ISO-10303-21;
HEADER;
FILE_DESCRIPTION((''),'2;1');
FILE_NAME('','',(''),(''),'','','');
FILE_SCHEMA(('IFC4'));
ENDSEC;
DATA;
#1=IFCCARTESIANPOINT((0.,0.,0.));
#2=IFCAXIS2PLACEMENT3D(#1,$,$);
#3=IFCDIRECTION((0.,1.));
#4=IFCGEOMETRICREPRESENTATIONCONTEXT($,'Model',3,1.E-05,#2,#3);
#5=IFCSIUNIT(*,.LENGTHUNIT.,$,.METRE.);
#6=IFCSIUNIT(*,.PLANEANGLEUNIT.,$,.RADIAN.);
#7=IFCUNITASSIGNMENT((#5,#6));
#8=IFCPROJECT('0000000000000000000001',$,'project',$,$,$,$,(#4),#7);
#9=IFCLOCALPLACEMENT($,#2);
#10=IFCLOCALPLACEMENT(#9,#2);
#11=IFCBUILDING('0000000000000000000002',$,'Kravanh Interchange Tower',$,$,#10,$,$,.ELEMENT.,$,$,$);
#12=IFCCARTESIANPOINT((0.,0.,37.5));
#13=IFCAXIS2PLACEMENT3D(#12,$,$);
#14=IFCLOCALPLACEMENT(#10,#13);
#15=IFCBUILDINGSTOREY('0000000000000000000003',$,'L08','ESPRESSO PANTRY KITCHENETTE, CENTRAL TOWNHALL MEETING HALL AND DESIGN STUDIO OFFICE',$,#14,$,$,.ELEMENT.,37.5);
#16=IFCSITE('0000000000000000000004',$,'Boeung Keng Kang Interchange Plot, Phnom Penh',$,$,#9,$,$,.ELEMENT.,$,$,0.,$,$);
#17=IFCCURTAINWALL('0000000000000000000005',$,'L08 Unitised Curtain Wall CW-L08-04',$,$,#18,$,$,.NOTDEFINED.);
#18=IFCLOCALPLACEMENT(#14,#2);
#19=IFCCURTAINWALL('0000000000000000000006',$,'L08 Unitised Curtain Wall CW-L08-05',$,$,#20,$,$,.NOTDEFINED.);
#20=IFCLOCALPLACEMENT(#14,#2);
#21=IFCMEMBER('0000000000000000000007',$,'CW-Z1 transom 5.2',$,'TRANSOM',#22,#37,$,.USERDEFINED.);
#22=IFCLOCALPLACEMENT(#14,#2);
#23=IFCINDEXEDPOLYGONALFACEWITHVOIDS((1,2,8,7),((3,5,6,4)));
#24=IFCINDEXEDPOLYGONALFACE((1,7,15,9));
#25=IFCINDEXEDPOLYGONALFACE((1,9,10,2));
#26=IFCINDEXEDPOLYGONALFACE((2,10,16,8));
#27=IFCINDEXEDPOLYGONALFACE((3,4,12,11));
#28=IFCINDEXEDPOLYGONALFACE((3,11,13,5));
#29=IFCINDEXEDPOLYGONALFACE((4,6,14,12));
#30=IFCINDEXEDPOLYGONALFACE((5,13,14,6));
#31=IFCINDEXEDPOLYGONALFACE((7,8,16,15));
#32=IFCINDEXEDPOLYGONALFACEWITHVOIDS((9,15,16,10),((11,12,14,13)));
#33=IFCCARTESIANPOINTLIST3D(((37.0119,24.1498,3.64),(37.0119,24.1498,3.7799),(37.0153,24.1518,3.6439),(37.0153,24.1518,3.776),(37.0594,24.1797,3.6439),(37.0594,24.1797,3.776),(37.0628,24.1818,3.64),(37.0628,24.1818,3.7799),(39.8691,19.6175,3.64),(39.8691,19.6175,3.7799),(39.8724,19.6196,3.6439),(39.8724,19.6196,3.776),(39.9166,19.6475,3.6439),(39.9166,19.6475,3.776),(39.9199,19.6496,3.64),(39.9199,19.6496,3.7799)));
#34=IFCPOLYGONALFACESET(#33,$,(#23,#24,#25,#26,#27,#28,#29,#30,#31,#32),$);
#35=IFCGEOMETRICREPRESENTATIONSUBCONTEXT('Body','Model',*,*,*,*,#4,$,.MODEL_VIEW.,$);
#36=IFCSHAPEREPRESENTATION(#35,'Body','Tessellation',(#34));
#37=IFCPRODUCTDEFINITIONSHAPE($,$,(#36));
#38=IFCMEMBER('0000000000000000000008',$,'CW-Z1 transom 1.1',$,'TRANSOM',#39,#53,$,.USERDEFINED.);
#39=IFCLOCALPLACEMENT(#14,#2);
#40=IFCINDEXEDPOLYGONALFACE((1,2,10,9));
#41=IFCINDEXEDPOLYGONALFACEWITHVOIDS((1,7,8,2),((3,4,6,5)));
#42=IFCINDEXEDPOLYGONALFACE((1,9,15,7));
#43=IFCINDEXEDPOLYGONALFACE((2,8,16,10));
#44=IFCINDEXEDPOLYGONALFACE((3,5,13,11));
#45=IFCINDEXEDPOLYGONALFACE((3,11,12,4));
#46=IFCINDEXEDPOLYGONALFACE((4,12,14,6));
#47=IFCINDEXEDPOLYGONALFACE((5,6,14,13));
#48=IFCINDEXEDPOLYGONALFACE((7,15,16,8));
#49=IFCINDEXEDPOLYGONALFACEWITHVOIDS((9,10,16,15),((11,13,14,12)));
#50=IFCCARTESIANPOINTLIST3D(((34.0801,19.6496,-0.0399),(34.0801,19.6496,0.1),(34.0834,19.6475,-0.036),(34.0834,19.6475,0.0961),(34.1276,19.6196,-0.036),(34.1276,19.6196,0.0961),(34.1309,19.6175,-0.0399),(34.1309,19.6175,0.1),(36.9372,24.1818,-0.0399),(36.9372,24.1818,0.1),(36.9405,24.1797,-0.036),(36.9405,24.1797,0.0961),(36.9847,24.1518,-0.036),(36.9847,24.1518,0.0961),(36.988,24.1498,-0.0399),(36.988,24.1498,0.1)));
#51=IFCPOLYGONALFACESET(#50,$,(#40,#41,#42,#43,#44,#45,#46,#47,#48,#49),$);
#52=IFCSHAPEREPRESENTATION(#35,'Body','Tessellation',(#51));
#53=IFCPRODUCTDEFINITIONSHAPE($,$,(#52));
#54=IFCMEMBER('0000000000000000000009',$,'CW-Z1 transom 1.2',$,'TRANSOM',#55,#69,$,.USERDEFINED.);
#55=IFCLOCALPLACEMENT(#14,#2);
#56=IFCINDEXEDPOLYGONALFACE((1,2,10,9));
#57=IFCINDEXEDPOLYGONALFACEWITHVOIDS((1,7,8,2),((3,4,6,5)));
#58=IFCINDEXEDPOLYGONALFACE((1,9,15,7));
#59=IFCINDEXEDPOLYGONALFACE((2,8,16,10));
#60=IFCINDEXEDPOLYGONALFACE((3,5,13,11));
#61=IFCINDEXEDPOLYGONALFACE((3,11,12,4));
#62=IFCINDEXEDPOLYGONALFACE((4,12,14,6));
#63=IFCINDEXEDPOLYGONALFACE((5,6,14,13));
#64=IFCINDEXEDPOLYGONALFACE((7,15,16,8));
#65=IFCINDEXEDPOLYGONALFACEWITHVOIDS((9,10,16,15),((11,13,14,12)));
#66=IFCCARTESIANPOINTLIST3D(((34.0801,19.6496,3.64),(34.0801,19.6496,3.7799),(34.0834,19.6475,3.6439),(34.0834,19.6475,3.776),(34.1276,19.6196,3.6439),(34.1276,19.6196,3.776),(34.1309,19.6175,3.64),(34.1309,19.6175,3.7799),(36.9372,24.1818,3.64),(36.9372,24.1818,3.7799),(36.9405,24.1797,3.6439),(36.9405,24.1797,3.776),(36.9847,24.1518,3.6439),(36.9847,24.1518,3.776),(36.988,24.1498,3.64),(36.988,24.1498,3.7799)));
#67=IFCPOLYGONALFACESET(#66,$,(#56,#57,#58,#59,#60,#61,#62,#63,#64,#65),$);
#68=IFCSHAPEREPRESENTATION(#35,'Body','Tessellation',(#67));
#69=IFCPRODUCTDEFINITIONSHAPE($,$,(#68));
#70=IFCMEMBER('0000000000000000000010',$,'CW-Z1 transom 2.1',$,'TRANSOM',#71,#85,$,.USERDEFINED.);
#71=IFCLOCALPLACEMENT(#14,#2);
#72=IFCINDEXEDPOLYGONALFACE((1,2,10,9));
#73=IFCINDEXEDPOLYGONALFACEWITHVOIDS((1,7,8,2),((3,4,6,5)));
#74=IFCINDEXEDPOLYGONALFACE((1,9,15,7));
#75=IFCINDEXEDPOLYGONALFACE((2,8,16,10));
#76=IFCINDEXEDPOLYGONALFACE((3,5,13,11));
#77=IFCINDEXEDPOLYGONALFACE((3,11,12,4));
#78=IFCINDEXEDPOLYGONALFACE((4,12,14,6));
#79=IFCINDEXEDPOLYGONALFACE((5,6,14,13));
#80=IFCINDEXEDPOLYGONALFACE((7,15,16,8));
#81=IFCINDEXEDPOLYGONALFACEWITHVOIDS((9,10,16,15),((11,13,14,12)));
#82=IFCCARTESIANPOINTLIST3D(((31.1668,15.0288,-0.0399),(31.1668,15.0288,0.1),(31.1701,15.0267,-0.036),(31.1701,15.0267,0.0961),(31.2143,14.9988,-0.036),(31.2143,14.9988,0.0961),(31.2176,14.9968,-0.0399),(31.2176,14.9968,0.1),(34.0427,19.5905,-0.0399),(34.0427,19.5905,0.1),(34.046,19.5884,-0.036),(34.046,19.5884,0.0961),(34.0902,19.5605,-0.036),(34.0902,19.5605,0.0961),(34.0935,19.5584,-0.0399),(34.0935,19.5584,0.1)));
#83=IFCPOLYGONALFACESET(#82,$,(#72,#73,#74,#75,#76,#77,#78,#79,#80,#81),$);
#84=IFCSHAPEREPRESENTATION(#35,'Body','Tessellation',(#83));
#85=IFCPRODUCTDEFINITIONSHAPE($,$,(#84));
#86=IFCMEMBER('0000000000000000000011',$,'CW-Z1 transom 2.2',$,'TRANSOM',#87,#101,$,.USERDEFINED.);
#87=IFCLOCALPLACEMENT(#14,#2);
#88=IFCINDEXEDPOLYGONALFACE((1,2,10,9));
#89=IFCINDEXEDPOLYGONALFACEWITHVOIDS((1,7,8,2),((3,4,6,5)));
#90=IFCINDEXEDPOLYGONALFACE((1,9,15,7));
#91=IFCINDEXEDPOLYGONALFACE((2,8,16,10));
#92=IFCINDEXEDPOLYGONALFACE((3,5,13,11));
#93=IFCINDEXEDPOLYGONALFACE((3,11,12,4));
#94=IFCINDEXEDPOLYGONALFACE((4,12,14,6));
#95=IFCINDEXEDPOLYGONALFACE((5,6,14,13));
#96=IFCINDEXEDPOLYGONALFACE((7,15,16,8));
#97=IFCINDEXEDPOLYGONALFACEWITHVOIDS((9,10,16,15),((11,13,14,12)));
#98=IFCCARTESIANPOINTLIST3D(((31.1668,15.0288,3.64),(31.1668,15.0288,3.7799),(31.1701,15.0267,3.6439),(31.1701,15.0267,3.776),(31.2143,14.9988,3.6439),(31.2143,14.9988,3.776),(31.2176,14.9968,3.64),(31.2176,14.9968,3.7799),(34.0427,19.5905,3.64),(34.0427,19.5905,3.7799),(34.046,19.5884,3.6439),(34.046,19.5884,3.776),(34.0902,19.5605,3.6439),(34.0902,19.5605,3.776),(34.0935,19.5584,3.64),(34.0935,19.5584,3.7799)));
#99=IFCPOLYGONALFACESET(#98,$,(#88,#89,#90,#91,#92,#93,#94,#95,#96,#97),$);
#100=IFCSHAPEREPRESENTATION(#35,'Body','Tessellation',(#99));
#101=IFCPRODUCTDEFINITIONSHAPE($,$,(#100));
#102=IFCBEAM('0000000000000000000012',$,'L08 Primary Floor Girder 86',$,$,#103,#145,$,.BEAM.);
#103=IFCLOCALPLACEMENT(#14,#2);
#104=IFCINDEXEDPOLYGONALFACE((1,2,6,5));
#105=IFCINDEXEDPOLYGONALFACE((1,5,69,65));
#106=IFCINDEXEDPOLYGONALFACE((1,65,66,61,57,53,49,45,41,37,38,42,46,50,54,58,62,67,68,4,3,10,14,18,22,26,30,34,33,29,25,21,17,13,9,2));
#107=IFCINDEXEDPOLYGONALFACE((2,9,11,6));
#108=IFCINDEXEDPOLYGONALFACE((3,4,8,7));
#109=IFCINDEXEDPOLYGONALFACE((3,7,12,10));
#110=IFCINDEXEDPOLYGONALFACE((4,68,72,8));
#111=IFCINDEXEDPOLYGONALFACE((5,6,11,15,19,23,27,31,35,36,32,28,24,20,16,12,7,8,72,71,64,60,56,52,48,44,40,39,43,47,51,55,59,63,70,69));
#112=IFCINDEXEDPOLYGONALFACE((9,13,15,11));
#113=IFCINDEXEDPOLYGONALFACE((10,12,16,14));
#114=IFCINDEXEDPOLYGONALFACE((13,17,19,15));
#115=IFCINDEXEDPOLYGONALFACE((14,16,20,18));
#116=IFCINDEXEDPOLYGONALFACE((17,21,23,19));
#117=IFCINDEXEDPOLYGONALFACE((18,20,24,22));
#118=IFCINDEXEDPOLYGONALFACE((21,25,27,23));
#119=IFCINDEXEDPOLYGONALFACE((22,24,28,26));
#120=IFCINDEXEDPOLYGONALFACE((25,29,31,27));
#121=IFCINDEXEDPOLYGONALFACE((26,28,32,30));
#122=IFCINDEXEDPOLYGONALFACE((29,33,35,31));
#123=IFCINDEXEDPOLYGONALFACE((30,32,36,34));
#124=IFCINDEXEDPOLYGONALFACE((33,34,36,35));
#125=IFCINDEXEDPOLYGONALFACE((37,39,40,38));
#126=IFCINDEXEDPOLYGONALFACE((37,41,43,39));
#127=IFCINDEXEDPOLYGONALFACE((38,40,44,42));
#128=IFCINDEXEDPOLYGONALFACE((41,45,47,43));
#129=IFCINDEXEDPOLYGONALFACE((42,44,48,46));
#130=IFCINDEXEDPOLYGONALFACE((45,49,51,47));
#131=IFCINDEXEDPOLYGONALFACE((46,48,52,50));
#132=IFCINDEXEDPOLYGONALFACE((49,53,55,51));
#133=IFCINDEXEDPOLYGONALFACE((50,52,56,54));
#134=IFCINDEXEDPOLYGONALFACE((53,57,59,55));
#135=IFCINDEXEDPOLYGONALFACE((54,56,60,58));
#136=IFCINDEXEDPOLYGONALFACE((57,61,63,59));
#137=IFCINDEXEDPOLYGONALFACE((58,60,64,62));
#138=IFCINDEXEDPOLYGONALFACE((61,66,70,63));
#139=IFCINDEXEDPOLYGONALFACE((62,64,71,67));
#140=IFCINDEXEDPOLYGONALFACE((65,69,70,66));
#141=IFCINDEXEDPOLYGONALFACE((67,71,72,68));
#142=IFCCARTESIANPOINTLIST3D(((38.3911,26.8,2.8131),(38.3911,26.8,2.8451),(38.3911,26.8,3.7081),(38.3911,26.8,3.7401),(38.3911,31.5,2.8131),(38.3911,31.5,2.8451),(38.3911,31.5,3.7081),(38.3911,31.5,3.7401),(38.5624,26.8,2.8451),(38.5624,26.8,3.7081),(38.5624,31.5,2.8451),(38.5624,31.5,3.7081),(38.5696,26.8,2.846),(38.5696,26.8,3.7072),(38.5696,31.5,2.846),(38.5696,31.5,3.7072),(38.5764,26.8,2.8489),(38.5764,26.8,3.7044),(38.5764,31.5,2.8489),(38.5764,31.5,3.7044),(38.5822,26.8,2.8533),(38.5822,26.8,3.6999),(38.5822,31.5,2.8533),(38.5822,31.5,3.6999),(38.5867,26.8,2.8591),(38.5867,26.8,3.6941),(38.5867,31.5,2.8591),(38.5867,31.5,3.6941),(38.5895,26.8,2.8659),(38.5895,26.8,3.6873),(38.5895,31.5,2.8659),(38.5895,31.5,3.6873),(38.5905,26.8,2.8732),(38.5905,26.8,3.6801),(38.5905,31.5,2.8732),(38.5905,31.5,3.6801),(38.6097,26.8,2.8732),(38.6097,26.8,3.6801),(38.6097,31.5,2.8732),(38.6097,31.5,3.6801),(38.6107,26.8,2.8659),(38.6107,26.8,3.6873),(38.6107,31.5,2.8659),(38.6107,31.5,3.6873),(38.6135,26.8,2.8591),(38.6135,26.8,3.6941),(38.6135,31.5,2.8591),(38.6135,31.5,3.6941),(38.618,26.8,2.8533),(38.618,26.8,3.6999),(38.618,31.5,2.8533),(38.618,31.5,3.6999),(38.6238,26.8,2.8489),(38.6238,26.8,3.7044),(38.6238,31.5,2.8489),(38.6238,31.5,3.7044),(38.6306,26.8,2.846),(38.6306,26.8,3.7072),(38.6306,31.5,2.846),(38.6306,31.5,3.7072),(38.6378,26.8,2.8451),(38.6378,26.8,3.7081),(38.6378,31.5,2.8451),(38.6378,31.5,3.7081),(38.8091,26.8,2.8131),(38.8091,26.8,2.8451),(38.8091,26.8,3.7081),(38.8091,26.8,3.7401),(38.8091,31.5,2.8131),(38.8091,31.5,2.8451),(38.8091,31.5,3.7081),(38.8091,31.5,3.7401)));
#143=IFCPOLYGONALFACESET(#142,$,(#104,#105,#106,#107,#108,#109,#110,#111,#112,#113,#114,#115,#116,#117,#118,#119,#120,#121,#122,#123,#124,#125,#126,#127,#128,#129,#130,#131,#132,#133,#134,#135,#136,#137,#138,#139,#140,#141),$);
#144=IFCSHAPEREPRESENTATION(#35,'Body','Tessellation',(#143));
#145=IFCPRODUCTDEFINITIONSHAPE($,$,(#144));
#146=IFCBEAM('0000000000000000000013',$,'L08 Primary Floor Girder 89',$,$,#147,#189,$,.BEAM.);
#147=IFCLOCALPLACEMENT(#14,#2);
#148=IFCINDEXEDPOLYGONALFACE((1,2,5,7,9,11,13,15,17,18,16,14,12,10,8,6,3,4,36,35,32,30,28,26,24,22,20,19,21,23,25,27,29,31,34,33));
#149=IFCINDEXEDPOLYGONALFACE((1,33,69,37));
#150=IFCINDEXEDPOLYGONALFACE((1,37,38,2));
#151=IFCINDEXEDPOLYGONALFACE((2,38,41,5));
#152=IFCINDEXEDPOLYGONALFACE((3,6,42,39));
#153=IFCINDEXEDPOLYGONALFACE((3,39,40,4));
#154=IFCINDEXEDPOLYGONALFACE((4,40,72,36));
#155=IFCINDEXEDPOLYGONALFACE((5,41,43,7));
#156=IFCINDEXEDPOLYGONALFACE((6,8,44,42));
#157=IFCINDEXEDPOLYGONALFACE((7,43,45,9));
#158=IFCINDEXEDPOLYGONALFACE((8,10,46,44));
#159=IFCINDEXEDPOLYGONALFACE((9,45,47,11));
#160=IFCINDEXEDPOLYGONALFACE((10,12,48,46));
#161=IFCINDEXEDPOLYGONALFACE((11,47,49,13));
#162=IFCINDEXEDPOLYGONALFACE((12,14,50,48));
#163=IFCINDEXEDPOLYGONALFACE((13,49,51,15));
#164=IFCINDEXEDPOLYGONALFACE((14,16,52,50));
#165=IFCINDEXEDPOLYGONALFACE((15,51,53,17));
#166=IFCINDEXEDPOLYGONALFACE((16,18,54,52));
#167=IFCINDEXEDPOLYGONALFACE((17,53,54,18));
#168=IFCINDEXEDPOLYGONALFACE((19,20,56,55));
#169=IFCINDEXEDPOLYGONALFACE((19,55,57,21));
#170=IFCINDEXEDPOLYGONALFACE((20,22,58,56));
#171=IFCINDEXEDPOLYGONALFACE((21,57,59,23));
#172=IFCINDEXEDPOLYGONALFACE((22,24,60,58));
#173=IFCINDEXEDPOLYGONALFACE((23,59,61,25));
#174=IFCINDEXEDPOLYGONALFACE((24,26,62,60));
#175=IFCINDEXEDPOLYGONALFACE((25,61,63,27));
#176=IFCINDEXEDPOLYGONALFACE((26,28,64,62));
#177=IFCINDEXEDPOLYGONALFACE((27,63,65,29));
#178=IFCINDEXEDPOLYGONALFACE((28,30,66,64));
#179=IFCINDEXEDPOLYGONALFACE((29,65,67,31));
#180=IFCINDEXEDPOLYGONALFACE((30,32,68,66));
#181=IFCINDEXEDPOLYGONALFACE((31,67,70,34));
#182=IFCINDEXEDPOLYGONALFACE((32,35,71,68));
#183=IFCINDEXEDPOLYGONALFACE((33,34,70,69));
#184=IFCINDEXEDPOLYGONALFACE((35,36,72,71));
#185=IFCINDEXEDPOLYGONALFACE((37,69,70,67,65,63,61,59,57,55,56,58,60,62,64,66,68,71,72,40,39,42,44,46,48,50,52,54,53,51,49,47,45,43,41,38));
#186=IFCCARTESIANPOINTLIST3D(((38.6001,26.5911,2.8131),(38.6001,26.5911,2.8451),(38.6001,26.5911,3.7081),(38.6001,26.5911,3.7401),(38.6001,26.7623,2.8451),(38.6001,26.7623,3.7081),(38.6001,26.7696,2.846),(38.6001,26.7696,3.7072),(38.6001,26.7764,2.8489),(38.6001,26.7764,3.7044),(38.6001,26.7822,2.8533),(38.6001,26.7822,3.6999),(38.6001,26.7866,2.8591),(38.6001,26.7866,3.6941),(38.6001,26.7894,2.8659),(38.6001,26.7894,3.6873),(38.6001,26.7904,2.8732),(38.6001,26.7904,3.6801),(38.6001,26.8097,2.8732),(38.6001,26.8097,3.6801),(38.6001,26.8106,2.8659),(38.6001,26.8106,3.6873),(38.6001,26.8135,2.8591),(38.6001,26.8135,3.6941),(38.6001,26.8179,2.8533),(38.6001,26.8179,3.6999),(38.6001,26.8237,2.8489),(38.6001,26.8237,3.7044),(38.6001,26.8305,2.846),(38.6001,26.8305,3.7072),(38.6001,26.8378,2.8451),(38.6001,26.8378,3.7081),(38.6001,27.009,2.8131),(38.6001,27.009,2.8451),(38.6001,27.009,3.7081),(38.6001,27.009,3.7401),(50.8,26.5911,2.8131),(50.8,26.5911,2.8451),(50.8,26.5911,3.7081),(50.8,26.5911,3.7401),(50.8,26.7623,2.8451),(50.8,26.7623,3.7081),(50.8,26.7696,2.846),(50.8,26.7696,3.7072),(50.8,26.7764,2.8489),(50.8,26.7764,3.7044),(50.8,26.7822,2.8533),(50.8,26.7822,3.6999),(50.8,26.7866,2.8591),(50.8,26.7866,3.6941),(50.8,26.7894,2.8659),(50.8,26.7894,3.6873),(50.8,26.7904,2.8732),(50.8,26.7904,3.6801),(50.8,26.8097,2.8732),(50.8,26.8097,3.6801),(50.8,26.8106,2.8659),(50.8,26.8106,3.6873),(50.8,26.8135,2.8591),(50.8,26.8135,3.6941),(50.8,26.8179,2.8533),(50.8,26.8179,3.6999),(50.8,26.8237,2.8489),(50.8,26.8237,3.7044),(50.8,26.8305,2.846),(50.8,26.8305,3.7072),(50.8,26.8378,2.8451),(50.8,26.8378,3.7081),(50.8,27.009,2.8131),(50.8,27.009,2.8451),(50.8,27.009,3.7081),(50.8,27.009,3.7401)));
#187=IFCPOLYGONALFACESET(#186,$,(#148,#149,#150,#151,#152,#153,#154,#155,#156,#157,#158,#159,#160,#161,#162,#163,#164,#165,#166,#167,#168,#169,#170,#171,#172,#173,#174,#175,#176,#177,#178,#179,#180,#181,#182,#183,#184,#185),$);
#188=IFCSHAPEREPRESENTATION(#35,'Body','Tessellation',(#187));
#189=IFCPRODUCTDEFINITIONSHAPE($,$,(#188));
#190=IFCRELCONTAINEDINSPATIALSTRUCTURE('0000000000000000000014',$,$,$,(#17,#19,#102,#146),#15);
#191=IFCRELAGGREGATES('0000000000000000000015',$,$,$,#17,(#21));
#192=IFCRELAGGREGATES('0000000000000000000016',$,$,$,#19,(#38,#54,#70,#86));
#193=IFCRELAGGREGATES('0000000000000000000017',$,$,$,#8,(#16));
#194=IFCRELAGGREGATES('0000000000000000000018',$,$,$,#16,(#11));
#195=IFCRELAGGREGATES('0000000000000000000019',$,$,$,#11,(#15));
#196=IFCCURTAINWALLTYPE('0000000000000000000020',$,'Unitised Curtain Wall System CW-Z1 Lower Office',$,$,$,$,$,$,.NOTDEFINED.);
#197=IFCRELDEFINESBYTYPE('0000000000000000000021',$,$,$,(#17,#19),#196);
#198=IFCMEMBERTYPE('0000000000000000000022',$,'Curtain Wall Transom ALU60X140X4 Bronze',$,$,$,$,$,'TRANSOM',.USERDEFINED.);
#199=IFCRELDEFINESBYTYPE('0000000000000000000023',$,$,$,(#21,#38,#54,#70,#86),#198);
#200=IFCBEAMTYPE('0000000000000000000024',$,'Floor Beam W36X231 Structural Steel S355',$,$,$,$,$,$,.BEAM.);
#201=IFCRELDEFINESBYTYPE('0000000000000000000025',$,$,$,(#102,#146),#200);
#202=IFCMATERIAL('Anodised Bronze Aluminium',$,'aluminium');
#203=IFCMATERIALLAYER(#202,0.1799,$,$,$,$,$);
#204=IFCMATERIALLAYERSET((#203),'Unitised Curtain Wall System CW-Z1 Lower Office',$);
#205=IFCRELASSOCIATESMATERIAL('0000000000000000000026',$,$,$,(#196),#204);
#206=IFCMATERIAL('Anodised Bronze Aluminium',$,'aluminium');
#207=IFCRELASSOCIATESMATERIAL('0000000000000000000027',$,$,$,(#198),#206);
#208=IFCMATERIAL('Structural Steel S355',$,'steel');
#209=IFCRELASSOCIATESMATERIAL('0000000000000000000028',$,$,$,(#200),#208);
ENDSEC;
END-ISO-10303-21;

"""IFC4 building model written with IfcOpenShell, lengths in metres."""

from ifc_helpers import new_model, si_unit, direction, frame, origin, origin_2d, place, context, subcontext, project, spatial, hollow_rectangle, i_section, extrude, material, layer, layer_set, material_profile, profile_set, type_object, element, aggregate, save


model = new_model("IFC4")

# Units and contexts
model_context = context("Model", 3, precision=1e-05, world=origin(), true_north=direction((0.0, 1.0)))
body_context = subcontext(model_context, "Body", "Model", "MODEL_VIEW")
ifc_project = project(units=[si_unit("LENGTHUNIT", "METRE"), si_unit("PLANEANGLEUNIT", "RADIAN")], contexts=[model_context])

# Site, building, storey
site_placement = place(None, origin())
site = spatial("IfcSite", under=ifc_project, at=site_placement, Name="Boeung Keng Kang Interchange Plot, Phnom Penh", CompositionType="ELEMENT", RefElevation=0.0)
building_placement = place(site_placement, origin())
building = spatial("IfcBuilding", under=site, at=building_placement, Name="Kravanh Interchange Tower", CompositionType="ELEMENT")
storey_placement = place(building_placement, frame((0.0, 0.0, 37.5)))
storey = spatial("IfcBuildingStorey", under=building, at=storey_placement, Name="L08", Description="ESPRESSO PANTRY KITCHENETTE, CENTRAL TOWNHALL MEETING HALL AND DESIGN STUDIO OFFICE", CompositionType="ELEMENT", Elevation=37.5)

# Curtain walls
ifc_material_1 = material(Name="Anodised Bronze Aluminium", Category="aluminium")
ifc_layer_1 = layer(ifc_material_1, 0.1799)
ifc_layer_set_1 = layer_set([ifc_layer_1], Name="Unitised Curtain Wall System CW-Z1 Lower Office")
curtain_wall_type = type_object("IfcCurtainWallType", Name="Unitised Curtain Wall System CW-Z1 Lower Office", PredefinedType="NOTDEFINED", material=ifc_layer_set_1)
curtain_wall_1_placement = place(storey_placement, origin())
curtain_wall_1 = element("IfcCurtainWall", 1, at=curtain_wall_1_placement, inside=storey, type_object=curtain_wall_type, Name="L08 Unitised Curtain Wall CW-L08-04", PredefinedType="NOTDEFINED")
curtain_wall_2_placement = place(storey_placement, origin())
curtain_wall_2 = element("IfcCurtainWall", 2, at=curtain_wall_2_placement, inside=storey, type_object=curtain_wall_type, Name="L08 Unitised Curtain Wall CW-L08-05", PredefinedType="NOTDEFINED")

# Members
ifc_material_2 = material(Name="Anodised Bronze Aluminium", Category="aluminium")
ifc_material_profile_1 = material_profile(ifc_material_2, hollow_rectangle(XDim=0.0601, YDim=0.1399, WallThickness=0.0039, at=origin_2d()), Name="ALU60X140X4")
ifc_profile_set_1 = profile_set([ifc_material_profile_1], Name="Anodised Bronze Aluminium")
member_type_1 = type_object("IfcMemberType", Name="Curtain Wall Transom ALU60X140X4 Bronze", ElementType="TRANSOM", PredefinedType="USERDEFINED", material=ifc_profile_set_1)
member_1_placement = place(storey_placement, frame((39.8945, 19.6335, 3.71), z_axis=(-0.533288, 0.845934, 0.0), x_axis=(-0.845934, -0.533288, 0.0)))
member_1 = element("IfcMember", 3, at=member_1_placement, type_object=member_type_1, Name="CW-Z1 transom 5.2", ObjectType="TRANSOM", PredefinedType="USERDEFINED", context=body_context, shape_type="SweptSolid", body=[
    extrude(hollow_rectangle(XDim=0.0601, YDim=0.1399, WallThickness=0.0039, at=origin_2d()), origin(), (0.0, 0.0, 1.0), 5.3577),
])
member_2_placement = place(storey_placement, frame((36.9626, 24.1658, 0.03), z_axis=(-0.533288, -0.845934, 0.0), x_axis=(0.845934, -0.533288, 0.0)))
member_2 = element("IfcMember", 4, at=member_2_placement, type_object=member_type_1, Name="CW-Z1 transom 1.1", ObjectType="TRANSOM", PredefinedType="USERDEFINED", context=body_context, shape_type="SweptSolid", body=[
    extrude(hollow_rectangle(XDim=0.0601, YDim=0.1399, WallThickness=0.0039, at=origin_2d()), origin(), (0.0, 0.0, 1.0), 5.3577),
])
member_3_placement = place(storey_placement, frame((36.9626, 24.1658, 3.71), z_axis=(-0.533288, -0.845934, 0.0), x_axis=(0.845934, -0.533288, 0.0)))
member_3 = element("IfcMember", 5, at=member_3_placement, type_object=member_type_1, Name="CW-Z1 transom 1.2", ObjectType="TRANSOM", PredefinedType="USERDEFINED", context=body_context, shape_type="SweptSolid", body=[
    extrude(hollow_rectangle(XDim=0.0601, YDim=0.1399, WallThickness=0.0039, at=origin_2d()), origin(), (0.0, 0.0, 1.0), 5.3577),
])
member_4_placement = place(storey_placement, frame((34.0681, 19.5745, 0.03), z_axis=(-0.533311, -0.845919, 0.0), x_axis=(0.845919, -0.533311, 0.0)))
member_4 = element("IfcMember", 6, at=member_4_placement, type_object=member_type_1, Name="CW-Z1 transom 2.1", ObjectType="TRANSOM", PredefinedType="USERDEFINED", context=body_context, shape_type="SweptSolid", body=[
    extrude(hollow_rectangle(XDim=0.0601, YDim=0.1399, WallThickness=0.0039, at=origin_2d()), origin(), (0.0, 0.0, 1.0), 5.3926),
])
member_5_placement = place(storey_placement, frame((34.0681, 19.5745, 3.71), z_axis=(-0.533311, -0.845919, 0.0), x_axis=(0.845919, -0.533311, 0.0)))
member_5 = element("IfcMember", 7, at=member_5_placement, type_object=member_type_1, Name="CW-Z1 transom 2.2", ObjectType="TRANSOM", PredefinedType="USERDEFINED", context=body_context, shape_type="SweptSolid", body=[
    extrude(hollow_rectangle(XDim=0.0601, YDim=0.1399, WallThickness=0.0039, at=origin_2d()), origin(), (0.0, 0.0, 1.0), 5.3926),
])

# Beams
ifc_material_3 = material(Name="Structural Steel S355", Category="steel")
ifc_material_profile_2 = material_profile(ifc_material_3, i_section(OverallWidth=0.418, OverallDepth=0.927, WebThickness=0.0193, FlangeThickness=0.032, FilletRadius=0.0281, at=origin_2d()), Name="W36X231")
ifc_profile_set_2 = profile_set([ifc_material_profile_2], Name="Structural Steel S355")
beam_type_1 = type_object("IfcBeamType", Name="Floor Beam W36X231 Structural Steel S355", PredefinedType="BEAM", material=ifc_profile_set_2)
beam_1_placement = place(storey_placement, frame((38.6001, 26.8, 3.2766), z_axis=(0.0, 1.0, 0.0), x_axis=(-1.0, 0.0, 0.0)))
element("IfcBeam", 8, at=beam_1_placement, inside=storey, type_object=beam_type_1, Name="L08 Primary Floor Girder 86", PredefinedType="BEAM", context=body_context, shape_type="SweptSolid", body=[
    extrude(i_section(OverallWidth=0.418, OverallDepth=0.927, WebThickness=0.0193, FlangeThickness=0.032, FilletRadius=0.0281, at=origin_2d()), origin(), (0.0, 0.0, 1.0), 4.7),
])
beam_2_placement = place(storey_placement, frame((38.6001, 26.8, 3.2766), z_axis=(1.0, 0.0, 0.0), x_axis=(0.0, 1.0, 0.0)))
element("IfcBeam", 9, at=beam_2_placement, inside=storey, type_object=beam_type_1, Name="L08 Primary Floor Girder 89", PredefinedType="BEAM", context=body_context, shape_type="SweptSolid", body=[
    extrude(i_section(OverallWidth=0.418, OverallDepth=0.927, WebThickness=0.0193, FlangeThickness=0.032, FilletRadius=0.0281, at=origin_2d()), origin(), (0.0, 0.0, 1.0), 12.2),
])

aggregate(curtain_wall_1, [member_1])
aggregate(curtain_wall_2, [member_2, member_3, member_4, member_5])

save(model, "model.ifc")
